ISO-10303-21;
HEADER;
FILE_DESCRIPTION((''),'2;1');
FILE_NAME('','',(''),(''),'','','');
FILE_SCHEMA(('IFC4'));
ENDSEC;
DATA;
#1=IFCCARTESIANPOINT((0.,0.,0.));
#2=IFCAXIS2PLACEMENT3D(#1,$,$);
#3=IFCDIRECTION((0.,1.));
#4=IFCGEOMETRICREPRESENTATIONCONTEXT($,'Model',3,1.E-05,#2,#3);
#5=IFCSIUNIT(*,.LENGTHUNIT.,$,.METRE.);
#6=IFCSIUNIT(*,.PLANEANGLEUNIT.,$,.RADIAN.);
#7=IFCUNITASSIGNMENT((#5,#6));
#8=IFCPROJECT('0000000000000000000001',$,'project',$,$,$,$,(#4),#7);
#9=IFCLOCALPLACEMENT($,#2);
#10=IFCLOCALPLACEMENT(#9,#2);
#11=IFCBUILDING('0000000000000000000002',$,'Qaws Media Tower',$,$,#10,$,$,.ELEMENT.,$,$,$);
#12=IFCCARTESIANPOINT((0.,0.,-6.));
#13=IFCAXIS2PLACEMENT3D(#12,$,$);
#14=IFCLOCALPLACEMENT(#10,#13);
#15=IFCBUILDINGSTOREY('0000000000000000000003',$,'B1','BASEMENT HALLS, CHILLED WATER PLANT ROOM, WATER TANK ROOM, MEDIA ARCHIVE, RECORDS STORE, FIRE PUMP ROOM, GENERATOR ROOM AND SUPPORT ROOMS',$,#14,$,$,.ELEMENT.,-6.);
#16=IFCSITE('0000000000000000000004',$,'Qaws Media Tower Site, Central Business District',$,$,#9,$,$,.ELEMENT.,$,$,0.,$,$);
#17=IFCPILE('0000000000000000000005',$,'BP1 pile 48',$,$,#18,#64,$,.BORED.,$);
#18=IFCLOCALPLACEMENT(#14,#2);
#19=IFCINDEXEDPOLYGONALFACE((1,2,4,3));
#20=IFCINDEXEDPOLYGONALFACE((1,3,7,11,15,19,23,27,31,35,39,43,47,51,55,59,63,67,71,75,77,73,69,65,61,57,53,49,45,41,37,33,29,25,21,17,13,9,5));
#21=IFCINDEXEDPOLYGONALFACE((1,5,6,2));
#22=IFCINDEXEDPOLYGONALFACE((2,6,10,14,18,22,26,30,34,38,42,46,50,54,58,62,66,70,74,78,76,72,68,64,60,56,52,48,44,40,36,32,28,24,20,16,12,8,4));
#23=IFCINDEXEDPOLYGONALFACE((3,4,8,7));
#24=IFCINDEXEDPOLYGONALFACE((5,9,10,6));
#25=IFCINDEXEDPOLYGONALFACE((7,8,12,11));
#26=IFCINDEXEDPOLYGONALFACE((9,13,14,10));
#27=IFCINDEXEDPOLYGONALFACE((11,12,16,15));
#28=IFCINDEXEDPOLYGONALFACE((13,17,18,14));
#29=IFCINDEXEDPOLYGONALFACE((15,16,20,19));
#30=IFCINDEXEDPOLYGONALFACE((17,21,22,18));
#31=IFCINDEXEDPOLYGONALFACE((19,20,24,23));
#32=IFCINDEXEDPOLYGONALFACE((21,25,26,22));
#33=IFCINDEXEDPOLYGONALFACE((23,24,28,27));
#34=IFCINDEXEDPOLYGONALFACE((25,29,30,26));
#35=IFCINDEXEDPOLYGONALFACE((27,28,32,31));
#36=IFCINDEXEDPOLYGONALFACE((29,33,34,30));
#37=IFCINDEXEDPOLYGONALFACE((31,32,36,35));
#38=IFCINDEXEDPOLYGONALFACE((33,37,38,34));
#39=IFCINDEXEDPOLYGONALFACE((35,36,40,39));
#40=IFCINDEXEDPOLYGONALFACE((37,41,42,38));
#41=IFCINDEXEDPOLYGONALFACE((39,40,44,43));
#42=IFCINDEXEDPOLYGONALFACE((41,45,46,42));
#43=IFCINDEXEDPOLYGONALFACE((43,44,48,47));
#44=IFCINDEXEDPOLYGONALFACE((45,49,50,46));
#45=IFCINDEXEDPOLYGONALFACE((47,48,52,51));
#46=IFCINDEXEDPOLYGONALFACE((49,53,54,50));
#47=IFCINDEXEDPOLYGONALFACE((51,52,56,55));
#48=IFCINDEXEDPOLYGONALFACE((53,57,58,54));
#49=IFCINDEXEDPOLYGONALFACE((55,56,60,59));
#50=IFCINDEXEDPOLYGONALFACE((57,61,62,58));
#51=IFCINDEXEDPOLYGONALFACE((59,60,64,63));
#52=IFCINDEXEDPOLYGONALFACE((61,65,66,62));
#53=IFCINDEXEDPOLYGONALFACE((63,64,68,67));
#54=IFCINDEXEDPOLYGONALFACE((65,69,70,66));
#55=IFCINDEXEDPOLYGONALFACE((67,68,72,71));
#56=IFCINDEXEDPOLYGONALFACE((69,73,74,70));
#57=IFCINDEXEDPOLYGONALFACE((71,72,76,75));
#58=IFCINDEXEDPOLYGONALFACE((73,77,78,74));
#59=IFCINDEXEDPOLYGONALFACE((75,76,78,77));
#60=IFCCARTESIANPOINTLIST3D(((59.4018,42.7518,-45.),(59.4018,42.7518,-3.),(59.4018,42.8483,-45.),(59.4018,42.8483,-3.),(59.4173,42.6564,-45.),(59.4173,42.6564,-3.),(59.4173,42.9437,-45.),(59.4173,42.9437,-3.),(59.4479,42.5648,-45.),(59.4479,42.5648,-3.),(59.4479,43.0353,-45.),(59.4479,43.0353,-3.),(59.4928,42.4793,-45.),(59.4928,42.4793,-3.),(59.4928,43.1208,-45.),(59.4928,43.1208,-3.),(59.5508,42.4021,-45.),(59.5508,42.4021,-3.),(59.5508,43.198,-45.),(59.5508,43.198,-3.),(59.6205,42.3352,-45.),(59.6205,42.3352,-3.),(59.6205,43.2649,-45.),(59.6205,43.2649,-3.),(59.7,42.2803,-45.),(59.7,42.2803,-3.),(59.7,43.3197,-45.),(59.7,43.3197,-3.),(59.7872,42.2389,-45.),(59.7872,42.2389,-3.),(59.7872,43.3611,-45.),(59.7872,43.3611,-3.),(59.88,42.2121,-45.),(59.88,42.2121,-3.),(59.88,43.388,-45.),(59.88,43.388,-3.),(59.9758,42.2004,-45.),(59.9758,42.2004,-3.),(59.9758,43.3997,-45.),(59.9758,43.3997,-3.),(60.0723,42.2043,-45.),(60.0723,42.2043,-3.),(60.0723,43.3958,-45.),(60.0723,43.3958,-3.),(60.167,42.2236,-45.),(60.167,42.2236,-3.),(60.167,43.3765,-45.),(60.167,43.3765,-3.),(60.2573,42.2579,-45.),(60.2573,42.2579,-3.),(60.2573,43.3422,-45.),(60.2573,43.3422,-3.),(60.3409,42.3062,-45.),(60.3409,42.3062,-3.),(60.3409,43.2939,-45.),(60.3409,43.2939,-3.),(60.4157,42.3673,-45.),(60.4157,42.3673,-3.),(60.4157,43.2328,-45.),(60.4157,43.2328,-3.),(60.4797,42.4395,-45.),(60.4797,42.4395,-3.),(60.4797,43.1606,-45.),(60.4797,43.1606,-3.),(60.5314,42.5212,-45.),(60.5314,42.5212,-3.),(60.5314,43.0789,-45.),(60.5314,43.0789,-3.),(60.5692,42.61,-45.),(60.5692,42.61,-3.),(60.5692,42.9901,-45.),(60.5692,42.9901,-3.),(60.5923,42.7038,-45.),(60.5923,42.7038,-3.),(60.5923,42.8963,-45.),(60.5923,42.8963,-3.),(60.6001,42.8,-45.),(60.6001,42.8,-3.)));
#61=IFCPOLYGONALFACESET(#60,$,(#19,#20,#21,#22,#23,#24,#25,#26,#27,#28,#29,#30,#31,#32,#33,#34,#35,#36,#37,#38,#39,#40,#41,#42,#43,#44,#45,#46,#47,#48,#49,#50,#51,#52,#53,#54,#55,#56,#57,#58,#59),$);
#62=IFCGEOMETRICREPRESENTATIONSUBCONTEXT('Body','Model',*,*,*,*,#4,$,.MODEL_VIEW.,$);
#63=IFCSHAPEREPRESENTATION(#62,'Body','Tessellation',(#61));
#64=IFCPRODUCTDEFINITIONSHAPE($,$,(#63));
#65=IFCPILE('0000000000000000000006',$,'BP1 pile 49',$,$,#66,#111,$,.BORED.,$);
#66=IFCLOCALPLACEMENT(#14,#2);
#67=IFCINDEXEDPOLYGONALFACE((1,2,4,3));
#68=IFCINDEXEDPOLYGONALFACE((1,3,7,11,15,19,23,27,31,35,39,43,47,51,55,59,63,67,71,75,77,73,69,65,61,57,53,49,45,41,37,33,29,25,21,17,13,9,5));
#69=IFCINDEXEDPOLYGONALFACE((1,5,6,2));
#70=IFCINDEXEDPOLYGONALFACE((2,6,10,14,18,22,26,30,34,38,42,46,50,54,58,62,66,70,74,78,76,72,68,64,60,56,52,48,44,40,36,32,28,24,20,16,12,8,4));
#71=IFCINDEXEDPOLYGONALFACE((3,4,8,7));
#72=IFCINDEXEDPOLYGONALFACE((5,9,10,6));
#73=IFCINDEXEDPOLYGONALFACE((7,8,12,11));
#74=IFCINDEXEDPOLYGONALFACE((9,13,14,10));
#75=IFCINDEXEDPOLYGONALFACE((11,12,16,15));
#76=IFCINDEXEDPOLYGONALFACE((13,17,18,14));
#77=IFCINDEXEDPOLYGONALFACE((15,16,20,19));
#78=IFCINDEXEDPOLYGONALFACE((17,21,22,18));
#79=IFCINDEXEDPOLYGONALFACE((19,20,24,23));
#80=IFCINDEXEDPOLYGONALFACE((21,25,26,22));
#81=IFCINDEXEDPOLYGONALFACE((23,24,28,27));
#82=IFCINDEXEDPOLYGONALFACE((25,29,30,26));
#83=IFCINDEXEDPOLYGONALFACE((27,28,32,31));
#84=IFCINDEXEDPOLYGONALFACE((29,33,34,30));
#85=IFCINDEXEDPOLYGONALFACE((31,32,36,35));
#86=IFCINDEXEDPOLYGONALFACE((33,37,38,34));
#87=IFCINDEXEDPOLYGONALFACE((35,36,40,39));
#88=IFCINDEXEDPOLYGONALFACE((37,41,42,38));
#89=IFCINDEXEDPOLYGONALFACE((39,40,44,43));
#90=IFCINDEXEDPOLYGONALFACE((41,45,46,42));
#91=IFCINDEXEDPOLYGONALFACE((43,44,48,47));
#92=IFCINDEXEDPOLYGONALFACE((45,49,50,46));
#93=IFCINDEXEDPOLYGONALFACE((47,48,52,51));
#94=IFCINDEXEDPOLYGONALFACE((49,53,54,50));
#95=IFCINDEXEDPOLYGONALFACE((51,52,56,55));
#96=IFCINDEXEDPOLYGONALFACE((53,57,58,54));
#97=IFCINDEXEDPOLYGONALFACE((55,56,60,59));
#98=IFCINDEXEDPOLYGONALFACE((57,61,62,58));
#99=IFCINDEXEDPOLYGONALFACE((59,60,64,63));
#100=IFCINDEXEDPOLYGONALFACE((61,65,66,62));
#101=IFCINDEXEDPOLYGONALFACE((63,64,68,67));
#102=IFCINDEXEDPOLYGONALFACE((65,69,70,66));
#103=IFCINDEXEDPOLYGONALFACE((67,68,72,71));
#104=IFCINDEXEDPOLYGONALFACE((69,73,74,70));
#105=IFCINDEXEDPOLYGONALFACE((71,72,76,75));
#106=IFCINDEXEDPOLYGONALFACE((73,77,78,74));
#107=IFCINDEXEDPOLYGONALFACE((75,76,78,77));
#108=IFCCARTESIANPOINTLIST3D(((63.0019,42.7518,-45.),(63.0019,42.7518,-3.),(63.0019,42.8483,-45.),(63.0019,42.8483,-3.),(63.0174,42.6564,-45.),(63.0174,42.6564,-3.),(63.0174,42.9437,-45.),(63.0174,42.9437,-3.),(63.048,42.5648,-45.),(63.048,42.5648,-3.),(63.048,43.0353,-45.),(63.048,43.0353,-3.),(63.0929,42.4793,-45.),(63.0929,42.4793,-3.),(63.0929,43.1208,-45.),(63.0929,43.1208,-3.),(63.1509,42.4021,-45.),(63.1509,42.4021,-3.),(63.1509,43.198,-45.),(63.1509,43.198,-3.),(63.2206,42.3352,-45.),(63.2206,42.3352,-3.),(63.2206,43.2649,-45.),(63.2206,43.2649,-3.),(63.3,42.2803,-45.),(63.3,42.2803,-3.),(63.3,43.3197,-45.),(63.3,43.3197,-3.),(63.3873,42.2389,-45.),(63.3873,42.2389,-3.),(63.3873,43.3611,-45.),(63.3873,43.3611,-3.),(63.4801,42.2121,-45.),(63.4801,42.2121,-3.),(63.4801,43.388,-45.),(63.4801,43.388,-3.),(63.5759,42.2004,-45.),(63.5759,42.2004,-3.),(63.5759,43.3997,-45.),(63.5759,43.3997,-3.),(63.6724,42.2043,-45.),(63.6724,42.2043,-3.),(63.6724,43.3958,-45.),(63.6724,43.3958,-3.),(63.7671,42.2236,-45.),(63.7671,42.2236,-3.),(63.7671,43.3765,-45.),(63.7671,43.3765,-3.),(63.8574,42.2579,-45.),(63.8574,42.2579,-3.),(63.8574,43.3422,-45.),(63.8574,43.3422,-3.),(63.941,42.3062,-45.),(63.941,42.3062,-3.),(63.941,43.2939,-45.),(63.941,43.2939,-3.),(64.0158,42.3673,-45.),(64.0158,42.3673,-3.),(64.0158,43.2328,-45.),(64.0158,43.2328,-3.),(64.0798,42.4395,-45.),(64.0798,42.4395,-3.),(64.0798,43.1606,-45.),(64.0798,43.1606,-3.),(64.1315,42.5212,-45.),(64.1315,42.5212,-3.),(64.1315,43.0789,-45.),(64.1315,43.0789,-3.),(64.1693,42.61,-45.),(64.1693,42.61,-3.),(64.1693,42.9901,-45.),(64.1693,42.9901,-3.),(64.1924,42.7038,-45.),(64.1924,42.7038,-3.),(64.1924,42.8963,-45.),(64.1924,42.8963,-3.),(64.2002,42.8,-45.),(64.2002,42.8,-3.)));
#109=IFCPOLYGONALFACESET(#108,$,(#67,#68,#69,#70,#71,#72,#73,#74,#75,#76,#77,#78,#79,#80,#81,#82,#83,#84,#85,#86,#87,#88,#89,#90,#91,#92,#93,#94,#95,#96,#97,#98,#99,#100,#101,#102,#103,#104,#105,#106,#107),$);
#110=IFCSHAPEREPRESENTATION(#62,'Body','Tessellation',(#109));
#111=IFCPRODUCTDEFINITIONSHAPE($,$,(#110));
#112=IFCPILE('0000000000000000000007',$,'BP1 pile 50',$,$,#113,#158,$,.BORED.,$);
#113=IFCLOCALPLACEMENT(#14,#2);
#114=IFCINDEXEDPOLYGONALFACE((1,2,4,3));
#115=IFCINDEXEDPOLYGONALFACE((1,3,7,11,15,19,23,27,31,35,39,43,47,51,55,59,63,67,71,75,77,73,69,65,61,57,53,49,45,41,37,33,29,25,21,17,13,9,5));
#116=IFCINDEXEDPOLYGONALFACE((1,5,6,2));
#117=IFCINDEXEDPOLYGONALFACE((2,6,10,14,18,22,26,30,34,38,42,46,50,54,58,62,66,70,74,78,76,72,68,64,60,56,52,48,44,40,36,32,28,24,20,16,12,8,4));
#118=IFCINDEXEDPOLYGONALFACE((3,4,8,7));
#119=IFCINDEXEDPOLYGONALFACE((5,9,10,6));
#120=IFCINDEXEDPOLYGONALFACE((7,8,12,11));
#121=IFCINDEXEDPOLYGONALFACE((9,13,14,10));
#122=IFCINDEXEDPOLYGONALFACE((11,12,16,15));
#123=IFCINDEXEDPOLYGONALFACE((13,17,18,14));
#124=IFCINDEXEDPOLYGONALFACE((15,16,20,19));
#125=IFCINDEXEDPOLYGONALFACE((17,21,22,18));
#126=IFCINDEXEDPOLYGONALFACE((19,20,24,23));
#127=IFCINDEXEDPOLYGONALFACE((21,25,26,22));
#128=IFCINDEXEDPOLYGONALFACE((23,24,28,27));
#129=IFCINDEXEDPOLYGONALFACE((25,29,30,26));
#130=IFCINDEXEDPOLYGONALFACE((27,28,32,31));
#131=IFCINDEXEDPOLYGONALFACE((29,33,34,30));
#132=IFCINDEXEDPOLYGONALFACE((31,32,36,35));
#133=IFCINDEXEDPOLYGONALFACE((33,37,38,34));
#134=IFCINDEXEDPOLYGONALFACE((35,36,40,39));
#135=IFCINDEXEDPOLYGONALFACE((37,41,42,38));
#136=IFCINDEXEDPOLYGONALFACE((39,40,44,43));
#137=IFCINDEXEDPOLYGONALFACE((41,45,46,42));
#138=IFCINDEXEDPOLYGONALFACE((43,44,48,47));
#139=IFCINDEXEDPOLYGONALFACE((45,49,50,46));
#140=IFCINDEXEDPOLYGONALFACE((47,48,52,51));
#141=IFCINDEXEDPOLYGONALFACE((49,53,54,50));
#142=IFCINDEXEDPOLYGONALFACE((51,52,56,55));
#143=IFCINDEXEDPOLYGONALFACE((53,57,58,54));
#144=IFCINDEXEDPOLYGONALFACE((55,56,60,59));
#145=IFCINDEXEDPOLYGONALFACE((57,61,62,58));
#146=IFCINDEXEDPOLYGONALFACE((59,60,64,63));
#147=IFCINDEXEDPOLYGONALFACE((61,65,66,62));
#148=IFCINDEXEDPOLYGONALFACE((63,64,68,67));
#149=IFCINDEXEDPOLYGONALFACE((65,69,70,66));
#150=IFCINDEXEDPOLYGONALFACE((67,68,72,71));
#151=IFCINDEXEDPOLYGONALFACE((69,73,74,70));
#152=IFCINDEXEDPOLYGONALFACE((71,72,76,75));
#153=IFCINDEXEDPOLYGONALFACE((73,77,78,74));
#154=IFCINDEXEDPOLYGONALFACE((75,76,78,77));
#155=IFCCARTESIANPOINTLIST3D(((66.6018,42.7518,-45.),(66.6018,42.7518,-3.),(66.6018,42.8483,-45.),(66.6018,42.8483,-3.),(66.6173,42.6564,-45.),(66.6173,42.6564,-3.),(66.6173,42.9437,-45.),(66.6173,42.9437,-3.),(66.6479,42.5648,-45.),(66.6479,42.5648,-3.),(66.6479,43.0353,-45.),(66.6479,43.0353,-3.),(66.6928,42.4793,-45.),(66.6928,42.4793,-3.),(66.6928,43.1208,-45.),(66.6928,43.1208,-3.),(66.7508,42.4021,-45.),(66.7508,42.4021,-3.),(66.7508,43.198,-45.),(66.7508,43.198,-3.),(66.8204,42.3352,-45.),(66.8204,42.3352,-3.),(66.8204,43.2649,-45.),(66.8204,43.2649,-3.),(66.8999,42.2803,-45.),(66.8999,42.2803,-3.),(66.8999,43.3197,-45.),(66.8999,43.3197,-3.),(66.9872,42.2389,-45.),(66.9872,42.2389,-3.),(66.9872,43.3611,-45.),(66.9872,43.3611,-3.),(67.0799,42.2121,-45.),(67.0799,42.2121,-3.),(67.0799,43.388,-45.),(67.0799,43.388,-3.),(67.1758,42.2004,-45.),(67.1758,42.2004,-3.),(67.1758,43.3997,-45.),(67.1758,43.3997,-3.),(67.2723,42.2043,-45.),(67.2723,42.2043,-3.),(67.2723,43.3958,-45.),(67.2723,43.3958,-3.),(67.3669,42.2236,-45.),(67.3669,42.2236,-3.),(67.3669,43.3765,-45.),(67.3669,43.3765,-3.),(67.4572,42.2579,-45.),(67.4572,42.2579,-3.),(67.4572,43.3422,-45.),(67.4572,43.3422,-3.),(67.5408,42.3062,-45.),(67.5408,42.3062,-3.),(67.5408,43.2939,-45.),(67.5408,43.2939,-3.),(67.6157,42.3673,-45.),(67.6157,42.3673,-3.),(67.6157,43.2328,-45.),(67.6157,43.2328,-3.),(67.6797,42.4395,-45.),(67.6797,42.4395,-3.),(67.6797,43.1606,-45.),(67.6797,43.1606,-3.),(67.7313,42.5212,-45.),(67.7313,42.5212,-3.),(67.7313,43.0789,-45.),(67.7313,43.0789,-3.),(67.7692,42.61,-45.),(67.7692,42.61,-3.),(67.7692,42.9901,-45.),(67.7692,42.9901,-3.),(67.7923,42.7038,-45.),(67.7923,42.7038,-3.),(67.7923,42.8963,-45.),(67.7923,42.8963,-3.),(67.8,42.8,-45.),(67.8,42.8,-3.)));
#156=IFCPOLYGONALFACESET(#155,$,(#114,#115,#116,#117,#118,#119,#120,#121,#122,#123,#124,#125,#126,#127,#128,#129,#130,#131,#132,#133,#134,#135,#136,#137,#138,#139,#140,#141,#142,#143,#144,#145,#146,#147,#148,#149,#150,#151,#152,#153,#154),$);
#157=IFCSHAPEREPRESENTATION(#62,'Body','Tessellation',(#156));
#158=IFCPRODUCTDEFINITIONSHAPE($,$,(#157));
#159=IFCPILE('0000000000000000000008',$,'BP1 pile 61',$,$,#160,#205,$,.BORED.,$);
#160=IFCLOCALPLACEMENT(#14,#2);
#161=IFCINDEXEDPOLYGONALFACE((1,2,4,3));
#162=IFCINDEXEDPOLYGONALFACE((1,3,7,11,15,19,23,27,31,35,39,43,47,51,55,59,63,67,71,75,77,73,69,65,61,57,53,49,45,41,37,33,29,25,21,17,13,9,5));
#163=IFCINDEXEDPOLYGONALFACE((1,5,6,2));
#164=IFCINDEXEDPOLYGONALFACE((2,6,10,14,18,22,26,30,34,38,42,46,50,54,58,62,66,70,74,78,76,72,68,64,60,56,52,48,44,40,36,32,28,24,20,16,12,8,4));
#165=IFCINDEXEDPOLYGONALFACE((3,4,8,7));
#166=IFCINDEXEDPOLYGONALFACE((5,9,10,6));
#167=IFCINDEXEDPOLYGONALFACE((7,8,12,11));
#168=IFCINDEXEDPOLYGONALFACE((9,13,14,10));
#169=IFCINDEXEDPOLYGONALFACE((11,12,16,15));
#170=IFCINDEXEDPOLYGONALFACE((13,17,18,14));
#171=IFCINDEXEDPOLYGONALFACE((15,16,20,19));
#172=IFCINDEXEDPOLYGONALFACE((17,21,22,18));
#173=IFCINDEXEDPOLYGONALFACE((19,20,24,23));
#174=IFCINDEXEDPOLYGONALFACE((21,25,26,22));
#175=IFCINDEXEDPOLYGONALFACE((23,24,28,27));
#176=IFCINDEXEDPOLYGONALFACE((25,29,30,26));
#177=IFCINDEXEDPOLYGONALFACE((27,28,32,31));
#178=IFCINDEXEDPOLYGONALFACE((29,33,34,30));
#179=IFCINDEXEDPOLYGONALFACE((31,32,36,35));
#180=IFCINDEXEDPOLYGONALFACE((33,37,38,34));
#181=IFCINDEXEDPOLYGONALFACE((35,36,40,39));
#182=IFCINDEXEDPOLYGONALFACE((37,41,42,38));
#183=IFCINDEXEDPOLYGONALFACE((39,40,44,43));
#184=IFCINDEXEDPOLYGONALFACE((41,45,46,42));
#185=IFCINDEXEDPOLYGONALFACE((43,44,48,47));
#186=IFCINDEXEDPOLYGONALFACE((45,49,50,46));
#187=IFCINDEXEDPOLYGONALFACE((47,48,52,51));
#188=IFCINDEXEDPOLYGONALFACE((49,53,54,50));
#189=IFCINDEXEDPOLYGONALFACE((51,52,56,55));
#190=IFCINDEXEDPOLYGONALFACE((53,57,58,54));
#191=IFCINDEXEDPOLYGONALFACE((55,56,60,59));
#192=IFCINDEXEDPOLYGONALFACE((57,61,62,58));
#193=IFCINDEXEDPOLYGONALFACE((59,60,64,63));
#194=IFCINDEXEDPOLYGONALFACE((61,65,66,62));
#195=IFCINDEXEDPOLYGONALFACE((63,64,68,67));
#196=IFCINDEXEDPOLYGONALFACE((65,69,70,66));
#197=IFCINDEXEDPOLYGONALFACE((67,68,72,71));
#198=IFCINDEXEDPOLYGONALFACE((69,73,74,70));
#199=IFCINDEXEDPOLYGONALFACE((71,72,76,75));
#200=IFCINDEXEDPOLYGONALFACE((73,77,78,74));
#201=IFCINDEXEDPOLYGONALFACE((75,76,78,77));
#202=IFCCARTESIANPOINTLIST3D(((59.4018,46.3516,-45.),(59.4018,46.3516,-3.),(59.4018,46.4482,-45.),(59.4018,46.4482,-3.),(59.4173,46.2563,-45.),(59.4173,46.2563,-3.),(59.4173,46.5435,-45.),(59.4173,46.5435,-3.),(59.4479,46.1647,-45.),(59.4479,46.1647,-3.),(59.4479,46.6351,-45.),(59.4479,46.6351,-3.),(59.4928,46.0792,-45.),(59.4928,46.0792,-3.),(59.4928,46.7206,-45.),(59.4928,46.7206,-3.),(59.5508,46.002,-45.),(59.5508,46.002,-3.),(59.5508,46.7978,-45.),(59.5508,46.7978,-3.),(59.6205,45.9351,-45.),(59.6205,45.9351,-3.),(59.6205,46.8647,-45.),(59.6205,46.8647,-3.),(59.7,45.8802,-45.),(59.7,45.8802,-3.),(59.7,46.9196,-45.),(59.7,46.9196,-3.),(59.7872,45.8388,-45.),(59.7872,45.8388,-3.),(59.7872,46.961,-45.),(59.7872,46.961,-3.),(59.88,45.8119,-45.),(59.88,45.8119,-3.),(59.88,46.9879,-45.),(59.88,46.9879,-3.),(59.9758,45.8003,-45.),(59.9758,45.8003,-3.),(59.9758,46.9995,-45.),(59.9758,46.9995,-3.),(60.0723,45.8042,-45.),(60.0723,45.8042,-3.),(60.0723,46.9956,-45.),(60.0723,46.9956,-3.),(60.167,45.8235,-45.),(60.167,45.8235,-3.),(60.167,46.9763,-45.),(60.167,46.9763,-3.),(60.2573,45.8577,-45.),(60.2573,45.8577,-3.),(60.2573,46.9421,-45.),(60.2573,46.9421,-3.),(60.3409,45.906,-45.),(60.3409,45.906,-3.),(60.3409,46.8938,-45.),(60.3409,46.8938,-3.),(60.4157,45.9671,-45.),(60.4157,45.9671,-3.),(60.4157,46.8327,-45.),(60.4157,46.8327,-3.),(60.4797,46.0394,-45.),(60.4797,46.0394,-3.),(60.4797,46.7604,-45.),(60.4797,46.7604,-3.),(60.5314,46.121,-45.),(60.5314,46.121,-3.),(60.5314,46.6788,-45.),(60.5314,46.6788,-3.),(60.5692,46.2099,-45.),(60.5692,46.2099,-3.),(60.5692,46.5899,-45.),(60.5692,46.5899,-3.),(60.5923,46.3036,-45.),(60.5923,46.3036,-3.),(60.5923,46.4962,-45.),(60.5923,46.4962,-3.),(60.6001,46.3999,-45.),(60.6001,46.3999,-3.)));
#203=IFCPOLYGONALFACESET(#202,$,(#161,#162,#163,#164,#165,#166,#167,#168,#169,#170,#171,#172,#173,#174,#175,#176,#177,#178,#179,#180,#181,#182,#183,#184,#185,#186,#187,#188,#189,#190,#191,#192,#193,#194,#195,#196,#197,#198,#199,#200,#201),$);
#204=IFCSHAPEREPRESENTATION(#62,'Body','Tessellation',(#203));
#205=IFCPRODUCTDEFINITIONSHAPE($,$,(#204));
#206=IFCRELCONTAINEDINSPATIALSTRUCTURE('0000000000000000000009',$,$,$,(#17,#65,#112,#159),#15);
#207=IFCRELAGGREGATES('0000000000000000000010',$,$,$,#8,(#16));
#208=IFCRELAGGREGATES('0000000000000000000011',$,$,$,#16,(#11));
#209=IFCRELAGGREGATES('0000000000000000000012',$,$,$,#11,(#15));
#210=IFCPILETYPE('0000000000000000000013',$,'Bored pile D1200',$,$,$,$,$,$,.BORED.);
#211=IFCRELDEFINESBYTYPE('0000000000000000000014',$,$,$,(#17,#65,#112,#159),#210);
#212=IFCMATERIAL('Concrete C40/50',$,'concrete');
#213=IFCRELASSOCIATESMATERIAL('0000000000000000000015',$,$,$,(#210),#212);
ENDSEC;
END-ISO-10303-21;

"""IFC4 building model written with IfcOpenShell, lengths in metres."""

from ifc_helpers import new_model, si_unit, direction, frame, origin, origin_2d, place, context, subcontext, project, spatial, circle, extrude, material, material_profile, profile_set, type_object, element, save


model = new_model("IFC4")

# Units and contexts
model_context = context("Model", 3, precision=1e-05, world=origin(), true_north=direction((0.0, 1.0)))
body_context = subcontext(model_context, "Body", "Model", "MODEL_VIEW")
ifc_project = project(units=[si_unit("LENGTHUNIT", "METRE"), si_unit("PLANEANGLEUNIT", "RADIAN")], contexts=[model_context])

# Site, building, storey
site_placement = place(None, origin())
site = spatial("IfcSite", under=ifc_project, at=site_placement, Name="Qaws Media Tower Site, Central Business District", CompositionType="ELEMENT", RefElevation=0.0)
building_placement = place(site_placement, origin())
building = spatial("IfcBuilding", under=site, at=building_placement, Name="Qaws Media Tower", CompositionType="ELEMENT")
storey_placement = place(building_placement, frame((0.0, 0.0, -6.0)))
storey = spatial("IfcBuildingStorey", under=building, at=storey_placement, Name="B1", Description="BASEMENT HALLS, CHILLED WATER PLANT ROOM, WATER TANK ROOM, MEDIA ARCHIVE, RECORDS STORE, FIRE PUMP ROOM, GENERATOR ROOM AND SUPPORT ROOMS", CompositionType="ELEMENT", Elevation=-6.0)

# Piles
ifc_material_1 = material(Name="Concrete C40/50", Category="concrete")
ifc_material_profile = material_profile(ifc_material_1, circle(Radius=0.6001, at=origin_2d()), Name="D1200")
ifc_profile_set = profile_set([ifc_material_profile], Name="Concrete C40/50")
pile_type = type_object("IfcPileType", Name="Bored pile D1200", PredefinedType="BORED", material=ifc_profile_set)
for number, where, z_axis, x_axis, name in (
    (1, (60.0, 42.8, -3.0), (0.0, 0.0, -1.0), (1.0, 0.0, 0.0), "BP1 pile 48"),
    (2, (63.6001, 42.8, -3.0), (0.0, 0.0, -1.0), (1.0, 0.0, 0.0), "BP1 pile 49"),
    (3, (67.2, 42.8, -3.0), (0.0, 0.0, -1.0), (1.0, 0.0, 0.0), "BP1 pile 50"),
    (4, (60.0, 46.3999, -3.0), (0.0, 0.0, -1.0), (1.0, 0.0, 0.0), "BP1 pile 61"),
):
    element("IfcPile", number, at=place(storey_placement, frame(where, z_axis=z_axis, x_axis=x_axis)), inside=storey, type_object=pile_type, Name=name, PredefinedType="BORED", context=body_context, shape_type="SweptSolid", body=[
        extrude(circle(Radius=0.6001, at=origin_2d()), origin(), (0.0, 0.0, 1.0), 42.0),
    ])

save(model, "model.ifc")
